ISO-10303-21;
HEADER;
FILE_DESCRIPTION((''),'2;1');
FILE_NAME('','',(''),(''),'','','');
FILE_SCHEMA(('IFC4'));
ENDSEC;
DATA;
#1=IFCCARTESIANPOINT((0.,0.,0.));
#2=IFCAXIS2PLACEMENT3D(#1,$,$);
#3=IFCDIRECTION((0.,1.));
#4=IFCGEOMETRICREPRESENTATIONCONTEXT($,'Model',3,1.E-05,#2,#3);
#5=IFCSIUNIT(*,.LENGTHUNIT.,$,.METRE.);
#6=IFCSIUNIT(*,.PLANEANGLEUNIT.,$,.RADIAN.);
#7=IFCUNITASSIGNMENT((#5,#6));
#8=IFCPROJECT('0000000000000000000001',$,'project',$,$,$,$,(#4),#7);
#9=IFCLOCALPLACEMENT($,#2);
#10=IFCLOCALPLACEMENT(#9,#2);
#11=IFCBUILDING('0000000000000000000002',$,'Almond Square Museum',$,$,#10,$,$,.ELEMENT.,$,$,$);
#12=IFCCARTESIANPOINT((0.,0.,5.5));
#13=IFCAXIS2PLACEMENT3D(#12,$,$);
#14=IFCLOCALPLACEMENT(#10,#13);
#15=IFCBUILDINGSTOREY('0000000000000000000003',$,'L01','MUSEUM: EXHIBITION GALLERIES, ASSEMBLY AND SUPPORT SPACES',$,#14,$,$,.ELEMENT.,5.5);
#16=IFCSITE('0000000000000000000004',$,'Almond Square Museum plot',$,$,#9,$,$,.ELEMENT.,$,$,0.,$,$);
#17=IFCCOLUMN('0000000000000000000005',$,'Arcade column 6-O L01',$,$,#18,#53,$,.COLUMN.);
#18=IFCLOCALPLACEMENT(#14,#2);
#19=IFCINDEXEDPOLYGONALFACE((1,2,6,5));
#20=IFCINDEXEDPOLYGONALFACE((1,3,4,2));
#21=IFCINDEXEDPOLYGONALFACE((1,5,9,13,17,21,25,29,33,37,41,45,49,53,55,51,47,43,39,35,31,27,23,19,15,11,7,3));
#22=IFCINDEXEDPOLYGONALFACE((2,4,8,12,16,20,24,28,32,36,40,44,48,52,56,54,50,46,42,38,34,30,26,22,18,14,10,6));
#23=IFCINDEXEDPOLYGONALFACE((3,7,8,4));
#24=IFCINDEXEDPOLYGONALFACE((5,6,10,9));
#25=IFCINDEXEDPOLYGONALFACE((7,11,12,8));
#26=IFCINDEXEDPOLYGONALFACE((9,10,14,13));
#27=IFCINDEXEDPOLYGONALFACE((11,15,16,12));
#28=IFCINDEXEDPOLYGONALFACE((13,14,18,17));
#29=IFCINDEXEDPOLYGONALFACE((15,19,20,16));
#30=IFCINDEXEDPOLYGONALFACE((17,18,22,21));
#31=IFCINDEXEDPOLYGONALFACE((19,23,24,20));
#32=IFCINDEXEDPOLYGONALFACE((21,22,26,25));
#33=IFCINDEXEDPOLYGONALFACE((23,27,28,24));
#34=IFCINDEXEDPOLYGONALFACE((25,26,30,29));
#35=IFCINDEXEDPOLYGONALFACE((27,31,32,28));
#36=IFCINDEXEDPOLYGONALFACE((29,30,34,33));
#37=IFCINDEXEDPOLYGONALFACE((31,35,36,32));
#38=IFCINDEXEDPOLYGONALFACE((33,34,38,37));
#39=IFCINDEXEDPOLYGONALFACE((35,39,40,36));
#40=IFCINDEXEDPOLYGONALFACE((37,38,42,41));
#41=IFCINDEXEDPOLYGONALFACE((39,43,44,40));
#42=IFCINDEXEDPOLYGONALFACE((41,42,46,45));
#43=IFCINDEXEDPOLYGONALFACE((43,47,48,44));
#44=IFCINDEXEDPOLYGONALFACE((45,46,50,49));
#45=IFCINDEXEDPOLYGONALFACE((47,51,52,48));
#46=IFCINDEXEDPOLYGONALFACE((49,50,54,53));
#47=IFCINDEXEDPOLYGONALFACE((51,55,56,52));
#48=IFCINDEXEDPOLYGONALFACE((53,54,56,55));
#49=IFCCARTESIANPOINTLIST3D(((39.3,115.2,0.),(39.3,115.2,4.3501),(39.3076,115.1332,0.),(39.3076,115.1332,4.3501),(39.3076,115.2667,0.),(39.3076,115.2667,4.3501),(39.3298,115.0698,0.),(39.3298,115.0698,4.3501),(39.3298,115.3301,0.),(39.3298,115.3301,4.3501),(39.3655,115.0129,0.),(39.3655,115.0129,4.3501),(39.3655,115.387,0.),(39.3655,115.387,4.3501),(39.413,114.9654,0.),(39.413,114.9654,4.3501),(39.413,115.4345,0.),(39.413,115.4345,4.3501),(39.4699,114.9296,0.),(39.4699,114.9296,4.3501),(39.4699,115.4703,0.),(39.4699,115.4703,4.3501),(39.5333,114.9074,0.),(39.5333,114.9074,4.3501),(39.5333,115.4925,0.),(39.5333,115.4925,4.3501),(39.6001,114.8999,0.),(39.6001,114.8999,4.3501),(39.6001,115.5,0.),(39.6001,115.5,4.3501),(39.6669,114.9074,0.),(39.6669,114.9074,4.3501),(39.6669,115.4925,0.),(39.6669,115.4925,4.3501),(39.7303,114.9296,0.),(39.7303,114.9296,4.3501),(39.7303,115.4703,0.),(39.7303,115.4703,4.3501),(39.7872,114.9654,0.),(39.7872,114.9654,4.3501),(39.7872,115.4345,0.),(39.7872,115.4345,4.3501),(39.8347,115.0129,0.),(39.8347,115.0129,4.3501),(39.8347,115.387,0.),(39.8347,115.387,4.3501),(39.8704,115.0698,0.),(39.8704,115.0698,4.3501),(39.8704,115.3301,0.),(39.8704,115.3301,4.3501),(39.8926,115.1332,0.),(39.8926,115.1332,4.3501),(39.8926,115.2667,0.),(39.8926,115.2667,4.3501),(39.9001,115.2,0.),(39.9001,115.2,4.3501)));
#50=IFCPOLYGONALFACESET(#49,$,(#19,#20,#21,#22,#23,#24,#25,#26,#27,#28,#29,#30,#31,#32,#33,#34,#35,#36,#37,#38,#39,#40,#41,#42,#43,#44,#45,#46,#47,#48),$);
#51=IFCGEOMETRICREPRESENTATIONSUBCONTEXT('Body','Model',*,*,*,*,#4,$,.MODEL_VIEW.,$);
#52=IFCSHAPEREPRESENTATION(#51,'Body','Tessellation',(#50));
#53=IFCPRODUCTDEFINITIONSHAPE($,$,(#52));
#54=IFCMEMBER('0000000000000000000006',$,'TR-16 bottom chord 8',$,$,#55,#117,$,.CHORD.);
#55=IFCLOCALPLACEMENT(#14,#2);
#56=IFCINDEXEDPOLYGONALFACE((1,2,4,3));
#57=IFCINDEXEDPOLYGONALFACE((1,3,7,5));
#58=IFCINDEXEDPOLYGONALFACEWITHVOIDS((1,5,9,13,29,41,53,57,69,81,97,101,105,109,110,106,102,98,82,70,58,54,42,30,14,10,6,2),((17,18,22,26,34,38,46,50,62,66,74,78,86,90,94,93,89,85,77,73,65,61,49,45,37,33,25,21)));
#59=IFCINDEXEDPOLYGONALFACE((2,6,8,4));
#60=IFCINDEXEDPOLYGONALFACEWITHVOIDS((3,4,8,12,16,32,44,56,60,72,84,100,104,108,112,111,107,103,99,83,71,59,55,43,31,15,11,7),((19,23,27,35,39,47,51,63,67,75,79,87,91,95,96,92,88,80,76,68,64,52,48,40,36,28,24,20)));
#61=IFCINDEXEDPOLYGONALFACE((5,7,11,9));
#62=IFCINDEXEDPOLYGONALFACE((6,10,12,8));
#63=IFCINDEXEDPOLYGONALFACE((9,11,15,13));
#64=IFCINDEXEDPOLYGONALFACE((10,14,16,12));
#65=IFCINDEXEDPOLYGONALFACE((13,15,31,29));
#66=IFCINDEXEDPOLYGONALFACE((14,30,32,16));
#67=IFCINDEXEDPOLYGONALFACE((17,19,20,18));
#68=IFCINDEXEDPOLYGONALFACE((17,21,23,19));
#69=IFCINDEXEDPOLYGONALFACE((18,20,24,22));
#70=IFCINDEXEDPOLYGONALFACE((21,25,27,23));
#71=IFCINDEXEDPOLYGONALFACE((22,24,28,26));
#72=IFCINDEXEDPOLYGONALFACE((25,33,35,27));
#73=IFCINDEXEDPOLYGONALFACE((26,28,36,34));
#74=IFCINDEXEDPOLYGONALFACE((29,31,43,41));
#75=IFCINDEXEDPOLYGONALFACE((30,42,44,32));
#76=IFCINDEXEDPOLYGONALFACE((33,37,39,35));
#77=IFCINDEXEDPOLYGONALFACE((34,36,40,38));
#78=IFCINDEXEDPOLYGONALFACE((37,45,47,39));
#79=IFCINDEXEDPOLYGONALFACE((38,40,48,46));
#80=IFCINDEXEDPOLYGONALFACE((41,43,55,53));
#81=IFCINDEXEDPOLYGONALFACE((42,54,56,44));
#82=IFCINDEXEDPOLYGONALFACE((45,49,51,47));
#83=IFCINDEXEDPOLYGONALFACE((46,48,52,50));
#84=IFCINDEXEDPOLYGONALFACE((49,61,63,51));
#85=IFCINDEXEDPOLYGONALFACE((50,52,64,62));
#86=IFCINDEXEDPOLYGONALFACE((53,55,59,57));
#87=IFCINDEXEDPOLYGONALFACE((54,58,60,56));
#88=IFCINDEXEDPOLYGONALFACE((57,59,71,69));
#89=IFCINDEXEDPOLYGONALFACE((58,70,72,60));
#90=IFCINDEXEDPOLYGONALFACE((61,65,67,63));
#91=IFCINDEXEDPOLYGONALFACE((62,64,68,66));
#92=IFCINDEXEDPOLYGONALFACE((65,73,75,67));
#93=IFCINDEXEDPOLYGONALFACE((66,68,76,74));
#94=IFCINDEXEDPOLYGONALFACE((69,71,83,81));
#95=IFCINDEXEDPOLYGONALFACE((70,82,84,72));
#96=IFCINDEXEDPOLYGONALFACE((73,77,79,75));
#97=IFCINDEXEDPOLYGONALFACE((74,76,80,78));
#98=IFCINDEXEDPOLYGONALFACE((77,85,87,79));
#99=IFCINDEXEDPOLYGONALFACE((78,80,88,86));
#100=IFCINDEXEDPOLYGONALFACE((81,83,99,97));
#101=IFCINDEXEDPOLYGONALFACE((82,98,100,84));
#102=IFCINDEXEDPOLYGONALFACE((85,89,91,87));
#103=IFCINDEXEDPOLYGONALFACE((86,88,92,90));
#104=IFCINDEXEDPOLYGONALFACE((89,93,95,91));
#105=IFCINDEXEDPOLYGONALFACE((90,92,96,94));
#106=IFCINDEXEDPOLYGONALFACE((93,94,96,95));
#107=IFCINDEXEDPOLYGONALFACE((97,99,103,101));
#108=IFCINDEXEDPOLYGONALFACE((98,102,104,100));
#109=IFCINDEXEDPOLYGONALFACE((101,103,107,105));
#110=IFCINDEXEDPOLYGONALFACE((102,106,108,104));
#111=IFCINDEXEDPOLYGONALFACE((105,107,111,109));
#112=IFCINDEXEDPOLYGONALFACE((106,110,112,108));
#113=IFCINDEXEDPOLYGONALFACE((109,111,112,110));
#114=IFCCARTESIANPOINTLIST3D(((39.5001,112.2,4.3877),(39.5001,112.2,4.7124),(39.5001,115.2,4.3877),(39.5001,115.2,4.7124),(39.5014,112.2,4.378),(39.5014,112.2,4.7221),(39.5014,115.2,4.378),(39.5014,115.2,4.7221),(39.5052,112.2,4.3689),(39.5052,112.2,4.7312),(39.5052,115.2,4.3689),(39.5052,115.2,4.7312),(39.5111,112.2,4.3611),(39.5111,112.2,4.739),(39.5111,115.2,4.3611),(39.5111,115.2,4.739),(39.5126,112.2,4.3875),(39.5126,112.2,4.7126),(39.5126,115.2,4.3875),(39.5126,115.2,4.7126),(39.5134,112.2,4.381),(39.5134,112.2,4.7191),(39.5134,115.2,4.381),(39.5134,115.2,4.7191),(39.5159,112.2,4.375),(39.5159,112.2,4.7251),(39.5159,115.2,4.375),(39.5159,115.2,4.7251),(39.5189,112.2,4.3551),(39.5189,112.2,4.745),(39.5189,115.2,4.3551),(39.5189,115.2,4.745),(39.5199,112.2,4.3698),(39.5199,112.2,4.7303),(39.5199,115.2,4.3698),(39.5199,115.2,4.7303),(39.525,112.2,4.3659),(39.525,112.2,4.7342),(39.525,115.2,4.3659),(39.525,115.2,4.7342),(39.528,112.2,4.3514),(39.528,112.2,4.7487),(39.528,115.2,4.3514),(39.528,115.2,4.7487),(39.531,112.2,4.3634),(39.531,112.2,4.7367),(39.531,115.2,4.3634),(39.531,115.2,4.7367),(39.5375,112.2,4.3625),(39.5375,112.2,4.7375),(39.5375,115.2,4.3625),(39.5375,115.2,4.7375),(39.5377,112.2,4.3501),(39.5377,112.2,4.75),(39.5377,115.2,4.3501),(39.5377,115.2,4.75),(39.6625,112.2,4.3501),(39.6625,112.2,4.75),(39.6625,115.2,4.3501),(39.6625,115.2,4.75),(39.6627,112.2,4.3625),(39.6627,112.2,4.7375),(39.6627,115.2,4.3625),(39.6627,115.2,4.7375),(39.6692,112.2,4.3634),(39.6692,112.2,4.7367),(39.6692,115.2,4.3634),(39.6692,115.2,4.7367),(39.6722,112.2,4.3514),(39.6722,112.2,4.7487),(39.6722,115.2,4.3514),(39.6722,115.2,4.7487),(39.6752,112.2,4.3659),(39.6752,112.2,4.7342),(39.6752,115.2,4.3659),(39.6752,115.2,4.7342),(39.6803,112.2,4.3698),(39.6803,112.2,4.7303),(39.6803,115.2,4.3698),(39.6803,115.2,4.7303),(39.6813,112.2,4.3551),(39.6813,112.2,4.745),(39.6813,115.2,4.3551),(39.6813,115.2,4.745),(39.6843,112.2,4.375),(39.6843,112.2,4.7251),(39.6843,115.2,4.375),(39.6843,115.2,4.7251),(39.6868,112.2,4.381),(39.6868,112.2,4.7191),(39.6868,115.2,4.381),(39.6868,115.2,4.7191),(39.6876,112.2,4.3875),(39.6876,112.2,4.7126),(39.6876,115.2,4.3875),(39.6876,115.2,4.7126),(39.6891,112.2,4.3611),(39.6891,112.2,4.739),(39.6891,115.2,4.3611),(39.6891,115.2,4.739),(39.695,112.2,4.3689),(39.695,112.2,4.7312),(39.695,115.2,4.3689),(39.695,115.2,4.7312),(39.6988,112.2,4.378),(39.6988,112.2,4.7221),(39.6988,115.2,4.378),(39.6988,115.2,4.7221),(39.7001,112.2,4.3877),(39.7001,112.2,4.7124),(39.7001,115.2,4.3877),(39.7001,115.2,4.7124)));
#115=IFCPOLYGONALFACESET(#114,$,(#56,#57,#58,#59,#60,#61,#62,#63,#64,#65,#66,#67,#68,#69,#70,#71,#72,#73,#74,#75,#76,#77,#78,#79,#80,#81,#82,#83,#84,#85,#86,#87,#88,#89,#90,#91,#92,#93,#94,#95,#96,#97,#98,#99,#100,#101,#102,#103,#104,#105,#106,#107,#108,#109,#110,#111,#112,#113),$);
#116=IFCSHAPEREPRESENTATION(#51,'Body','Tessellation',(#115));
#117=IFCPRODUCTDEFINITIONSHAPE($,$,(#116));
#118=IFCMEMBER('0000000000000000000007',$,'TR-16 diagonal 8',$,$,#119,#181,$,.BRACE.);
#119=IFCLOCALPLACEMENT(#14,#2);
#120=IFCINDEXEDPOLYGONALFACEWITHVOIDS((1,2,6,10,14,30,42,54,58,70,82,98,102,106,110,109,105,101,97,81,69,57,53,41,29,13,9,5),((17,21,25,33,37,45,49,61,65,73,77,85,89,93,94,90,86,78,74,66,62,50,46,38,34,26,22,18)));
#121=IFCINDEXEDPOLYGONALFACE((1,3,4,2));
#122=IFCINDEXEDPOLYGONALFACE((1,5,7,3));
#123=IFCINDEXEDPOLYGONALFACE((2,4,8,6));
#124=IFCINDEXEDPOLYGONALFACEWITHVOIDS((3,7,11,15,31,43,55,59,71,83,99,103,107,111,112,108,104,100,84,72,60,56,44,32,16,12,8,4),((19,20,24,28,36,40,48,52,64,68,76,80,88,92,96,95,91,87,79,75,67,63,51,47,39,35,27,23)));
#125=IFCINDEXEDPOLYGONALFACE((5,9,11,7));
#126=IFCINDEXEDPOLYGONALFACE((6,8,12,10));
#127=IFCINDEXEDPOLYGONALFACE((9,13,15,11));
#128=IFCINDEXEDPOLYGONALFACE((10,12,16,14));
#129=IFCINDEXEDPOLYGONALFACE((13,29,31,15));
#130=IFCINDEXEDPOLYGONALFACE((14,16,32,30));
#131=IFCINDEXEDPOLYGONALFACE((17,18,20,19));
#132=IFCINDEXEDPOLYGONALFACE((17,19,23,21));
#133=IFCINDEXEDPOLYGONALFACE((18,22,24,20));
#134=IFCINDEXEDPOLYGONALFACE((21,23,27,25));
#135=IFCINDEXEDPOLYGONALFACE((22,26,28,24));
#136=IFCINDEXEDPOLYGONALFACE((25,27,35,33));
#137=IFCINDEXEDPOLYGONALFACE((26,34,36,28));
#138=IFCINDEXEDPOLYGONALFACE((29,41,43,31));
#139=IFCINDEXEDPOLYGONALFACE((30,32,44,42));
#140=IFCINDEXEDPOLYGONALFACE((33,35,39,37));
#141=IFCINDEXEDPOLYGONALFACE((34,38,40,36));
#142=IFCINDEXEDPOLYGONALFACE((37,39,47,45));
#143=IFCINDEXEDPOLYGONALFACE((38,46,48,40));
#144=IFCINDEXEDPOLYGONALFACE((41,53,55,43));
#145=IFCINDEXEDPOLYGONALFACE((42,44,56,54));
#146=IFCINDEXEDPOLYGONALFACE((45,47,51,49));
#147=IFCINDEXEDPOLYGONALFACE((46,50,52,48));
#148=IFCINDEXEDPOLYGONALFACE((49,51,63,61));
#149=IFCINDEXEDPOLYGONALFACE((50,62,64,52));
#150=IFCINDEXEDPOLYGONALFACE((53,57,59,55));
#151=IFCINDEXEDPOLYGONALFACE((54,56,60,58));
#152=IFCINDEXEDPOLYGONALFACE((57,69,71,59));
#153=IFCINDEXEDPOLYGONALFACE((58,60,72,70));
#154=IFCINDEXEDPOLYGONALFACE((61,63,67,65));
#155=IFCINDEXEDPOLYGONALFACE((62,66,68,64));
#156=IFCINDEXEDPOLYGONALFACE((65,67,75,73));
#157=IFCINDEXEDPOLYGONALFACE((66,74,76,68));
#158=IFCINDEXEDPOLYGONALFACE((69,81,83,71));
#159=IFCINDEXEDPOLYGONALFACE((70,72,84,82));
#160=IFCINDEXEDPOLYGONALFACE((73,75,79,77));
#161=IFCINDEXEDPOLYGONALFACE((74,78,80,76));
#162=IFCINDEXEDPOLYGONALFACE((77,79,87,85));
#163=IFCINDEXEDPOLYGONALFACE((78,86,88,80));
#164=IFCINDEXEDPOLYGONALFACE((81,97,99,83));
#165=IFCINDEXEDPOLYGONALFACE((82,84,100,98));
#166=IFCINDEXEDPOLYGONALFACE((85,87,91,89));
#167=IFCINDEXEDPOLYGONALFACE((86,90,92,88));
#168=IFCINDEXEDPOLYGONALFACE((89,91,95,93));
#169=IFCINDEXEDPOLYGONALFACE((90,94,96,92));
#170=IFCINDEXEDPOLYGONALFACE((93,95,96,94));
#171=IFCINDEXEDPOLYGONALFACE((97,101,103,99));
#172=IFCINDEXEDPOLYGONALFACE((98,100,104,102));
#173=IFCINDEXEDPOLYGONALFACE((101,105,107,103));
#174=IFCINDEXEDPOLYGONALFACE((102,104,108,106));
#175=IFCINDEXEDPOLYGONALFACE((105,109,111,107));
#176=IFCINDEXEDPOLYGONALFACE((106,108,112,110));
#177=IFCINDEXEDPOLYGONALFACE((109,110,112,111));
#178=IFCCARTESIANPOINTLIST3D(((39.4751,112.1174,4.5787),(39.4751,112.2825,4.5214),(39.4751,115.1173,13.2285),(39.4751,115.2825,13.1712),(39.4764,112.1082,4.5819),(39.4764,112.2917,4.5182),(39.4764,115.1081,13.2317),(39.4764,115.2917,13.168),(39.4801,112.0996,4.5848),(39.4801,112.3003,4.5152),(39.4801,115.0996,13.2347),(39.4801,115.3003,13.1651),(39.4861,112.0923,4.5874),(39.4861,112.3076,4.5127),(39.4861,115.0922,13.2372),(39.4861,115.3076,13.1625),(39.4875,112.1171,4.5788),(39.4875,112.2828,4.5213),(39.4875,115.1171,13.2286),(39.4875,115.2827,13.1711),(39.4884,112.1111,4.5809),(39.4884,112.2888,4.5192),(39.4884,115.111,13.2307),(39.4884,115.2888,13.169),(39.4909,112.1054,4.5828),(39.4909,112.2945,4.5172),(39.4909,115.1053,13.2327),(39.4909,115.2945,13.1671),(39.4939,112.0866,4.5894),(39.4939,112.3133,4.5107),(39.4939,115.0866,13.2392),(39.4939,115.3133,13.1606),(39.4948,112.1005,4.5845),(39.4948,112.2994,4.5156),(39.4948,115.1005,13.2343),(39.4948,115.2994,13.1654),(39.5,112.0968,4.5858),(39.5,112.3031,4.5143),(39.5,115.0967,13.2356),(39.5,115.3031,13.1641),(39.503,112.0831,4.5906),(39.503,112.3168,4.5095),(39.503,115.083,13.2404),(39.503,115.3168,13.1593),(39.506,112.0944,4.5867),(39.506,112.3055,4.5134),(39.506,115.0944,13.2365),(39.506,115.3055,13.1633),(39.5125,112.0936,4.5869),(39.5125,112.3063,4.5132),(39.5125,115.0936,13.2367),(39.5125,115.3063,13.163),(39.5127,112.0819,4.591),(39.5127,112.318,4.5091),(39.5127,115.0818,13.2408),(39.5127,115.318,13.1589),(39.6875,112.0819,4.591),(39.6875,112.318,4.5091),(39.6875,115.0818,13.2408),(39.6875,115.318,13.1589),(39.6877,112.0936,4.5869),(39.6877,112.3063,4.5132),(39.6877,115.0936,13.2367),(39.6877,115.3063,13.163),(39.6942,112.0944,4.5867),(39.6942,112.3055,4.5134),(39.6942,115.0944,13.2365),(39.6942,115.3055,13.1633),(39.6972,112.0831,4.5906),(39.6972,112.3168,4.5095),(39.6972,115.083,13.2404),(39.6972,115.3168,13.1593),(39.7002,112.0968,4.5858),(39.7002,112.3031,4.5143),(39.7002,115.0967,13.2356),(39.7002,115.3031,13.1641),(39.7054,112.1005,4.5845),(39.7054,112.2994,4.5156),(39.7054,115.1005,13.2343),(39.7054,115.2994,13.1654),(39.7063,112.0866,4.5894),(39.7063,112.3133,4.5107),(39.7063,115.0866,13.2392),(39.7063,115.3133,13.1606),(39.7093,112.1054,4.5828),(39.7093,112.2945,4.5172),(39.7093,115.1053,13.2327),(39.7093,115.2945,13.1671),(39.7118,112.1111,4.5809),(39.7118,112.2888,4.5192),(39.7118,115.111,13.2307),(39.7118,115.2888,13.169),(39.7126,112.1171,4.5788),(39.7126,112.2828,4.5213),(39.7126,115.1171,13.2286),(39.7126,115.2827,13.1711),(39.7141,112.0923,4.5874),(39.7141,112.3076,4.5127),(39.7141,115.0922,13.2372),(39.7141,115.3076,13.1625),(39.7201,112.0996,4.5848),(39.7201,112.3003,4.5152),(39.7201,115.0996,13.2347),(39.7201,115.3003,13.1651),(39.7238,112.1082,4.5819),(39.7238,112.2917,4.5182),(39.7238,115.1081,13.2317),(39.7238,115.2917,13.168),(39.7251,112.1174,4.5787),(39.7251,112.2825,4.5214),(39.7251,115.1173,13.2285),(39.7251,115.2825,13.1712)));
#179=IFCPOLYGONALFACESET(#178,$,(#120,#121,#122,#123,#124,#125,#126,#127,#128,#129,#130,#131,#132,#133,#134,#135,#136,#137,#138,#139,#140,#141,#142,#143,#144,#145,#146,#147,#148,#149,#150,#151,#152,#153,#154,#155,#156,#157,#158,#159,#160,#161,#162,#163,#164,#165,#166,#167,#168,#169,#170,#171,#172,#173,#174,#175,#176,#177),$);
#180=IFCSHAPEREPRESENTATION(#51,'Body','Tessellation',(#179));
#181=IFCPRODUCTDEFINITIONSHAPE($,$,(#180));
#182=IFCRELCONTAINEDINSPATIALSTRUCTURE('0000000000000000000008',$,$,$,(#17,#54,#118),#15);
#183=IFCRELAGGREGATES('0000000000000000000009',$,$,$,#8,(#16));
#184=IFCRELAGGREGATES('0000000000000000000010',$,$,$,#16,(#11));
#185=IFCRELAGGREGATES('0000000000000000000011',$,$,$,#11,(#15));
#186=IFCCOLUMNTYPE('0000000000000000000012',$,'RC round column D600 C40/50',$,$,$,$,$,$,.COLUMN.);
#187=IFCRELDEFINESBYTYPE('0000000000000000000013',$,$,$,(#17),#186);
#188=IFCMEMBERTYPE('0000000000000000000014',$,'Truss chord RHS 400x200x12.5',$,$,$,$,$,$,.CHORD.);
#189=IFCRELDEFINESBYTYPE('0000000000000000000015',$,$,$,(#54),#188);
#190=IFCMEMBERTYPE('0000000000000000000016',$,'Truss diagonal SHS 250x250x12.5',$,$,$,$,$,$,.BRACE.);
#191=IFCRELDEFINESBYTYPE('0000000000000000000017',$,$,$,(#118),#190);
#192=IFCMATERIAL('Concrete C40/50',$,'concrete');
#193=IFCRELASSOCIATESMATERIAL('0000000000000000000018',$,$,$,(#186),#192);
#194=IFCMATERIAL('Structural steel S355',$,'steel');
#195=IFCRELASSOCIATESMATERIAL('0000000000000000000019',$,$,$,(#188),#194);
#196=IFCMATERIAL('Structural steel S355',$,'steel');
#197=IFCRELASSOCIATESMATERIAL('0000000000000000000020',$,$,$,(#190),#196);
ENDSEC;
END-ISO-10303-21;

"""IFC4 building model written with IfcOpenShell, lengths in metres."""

from ifc_helpers import new_model, si_unit, direction, frame, origin, origin_2d, place, context, subcontext, project, spatial, hollow_rectangle, circle, extrude, material, material_profile, profile_set, type_object, element, save


model = new_model("IFC4")

# Units and contexts
model_context = context("Model", 3, precision=1e-05, world=origin(), true_north=direction((0.0, 1.0)))
body_context = subcontext(model_context, "Body", "Model", "MODEL_VIEW")
ifc_project = project(units=[si_unit("LENGTHUNIT", "METRE"), si_unit("PLANEANGLEUNIT", "RADIAN")], contexts=[model_context])

# Site, building, storey
site_placement = place(None, origin())
site = spatial("IfcSite", under=ifc_project, at=site_placement, Name="Almond Square Museum plot", CompositionType="ELEMENT", RefElevation=0.0)
building_placement = place(site_placement, origin())
building = spatial("IfcBuilding", under=site, at=building_placement, Name="Almond Square Museum", CompositionType="ELEMENT")
storey_placement = place(building_placement, frame((0.0, 0.0, 5.5)))
storey = spatial("IfcBuildingStorey", under=building, at=storey_placement, Name="L01", Description="MUSEUM: EXHIBITION GALLERIES, ASSEMBLY AND SUPPORT SPACES", CompositionType="ELEMENT", Elevation=5.5)

# Column
ifc_material_1 = material(Name="Concrete C40/50", Category="concrete")
ifc_material_profile_1 = material_profile(ifc_material_1, circle(Radius=0.3, at=origin_2d()))
ifc_profile_set_1 = profile_set([ifc_material_profile_1], Name="Concrete C40/50")
column_type = type_object("IfcColumnType", Name="RC round column D600 C40/50", PredefinedType="COLUMN", material=ifc_profile_set_1)
column_placement = place(storey_placement, frame((39.6001, 115.2, 0.0), z_axis=(0.0, 0.0, 1.0), x_axis=(1.0, 0.0, 0.0)))
element("IfcColumn", 1, at=column_placement, inside=storey, type_object=column_type, Name="Arcade column 6-O L01", PredefinedType="COLUMN", context=body_context, shape_type="SweptSolid", body=[
    extrude(circle(Radius=0.3, at=origin_2d()), origin(), (0.0, 0.0, 1.0), 4.3501),
])

# Members
ifc_material_2 = material(Name="Structural steel S355", Category="steel")
ifc_material_profile_2 = material_profile(ifc_material_2, hollow_rectangle(XDim=0.2, YDim=0.3999, WallThickness=0.0125, InnerFilletRadius=0.0249, OuterFilletRadius=0.0376, at=origin_2d()))
ifc_profile_set_2 = profile_set([ifc_material_profile_2], Name="Structural steel S355")
member_type_1 = type_object("IfcMemberType", Name="Truss chord RHS 400x200x12.5", PredefinedType="CHORD", material=ifc_profile_set_2)
member_1_placement = place(storey_placement, frame((39.6001, 112.2, 4.55), z_axis=(0.0, 1.0, 0.0), x_axis=(-1.0, 0.0, 0.0)))
element("IfcMember", 2, at=member_1_placement, inside=storey, type_object=member_type_1, Name="TR-16 bottom chord 8", PredefinedType="CHORD", context=body_context, shape_type="SweptSolid", body=[
    extrude(hollow_rectangle(XDim=0.2, YDim=0.3999, WallThickness=0.0125, InnerFilletRadius=0.0249, OuterFilletRadius=0.0376, at=origin_2d()), origin(), (0.0, 0.0, 1.0), 3.0),
])
ifc_material_3 = material(Name="Structural steel S355", Category="steel")
ifc_material_profile_3 = material_profile(ifc_material_3, hollow_rectangle(XDim=0.25, YDim=0.25, WallThickness=0.0125, InnerFilletRadius=0.0249, OuterFilletRadius=0.0376, at=origin_2d()))
ifc_profile_set_3 = profile_set([ifc_material_profile_3], Name="Structural steel S355")
member_type_2 = type_object("IfcMemberType", Name="Truss diagonal SHS 250x250x12.5", PredefinedType="BRACE", material=ifc_profile_set_3)
member_2_placement = place(storey_placement, frame((39.6001, 112.2, 4.55), z_axis=(0.0, 0.327677, 0.94479), x_axis=(-1.0, 0.0, 0.0)))
element("IfcMember", 3, at=member_2_placement, inside=storey, type_object=member_type_2, Name="TR-16 diagonal 8", PredefinedType="BRACE", context=body_context, shape_type="SweptSolid", body=[
    extrude(hollow_rectangle(XDim=0.25, YDim=0.25, WallThickness=0.0125, InnerFilletRadius=0.0249, OuterFilletRadius=0.0376, at=origin_2d()), origin(), (0.0, 0.0, 1.0), 9.1553),
])

save(model, "model.ifc")
